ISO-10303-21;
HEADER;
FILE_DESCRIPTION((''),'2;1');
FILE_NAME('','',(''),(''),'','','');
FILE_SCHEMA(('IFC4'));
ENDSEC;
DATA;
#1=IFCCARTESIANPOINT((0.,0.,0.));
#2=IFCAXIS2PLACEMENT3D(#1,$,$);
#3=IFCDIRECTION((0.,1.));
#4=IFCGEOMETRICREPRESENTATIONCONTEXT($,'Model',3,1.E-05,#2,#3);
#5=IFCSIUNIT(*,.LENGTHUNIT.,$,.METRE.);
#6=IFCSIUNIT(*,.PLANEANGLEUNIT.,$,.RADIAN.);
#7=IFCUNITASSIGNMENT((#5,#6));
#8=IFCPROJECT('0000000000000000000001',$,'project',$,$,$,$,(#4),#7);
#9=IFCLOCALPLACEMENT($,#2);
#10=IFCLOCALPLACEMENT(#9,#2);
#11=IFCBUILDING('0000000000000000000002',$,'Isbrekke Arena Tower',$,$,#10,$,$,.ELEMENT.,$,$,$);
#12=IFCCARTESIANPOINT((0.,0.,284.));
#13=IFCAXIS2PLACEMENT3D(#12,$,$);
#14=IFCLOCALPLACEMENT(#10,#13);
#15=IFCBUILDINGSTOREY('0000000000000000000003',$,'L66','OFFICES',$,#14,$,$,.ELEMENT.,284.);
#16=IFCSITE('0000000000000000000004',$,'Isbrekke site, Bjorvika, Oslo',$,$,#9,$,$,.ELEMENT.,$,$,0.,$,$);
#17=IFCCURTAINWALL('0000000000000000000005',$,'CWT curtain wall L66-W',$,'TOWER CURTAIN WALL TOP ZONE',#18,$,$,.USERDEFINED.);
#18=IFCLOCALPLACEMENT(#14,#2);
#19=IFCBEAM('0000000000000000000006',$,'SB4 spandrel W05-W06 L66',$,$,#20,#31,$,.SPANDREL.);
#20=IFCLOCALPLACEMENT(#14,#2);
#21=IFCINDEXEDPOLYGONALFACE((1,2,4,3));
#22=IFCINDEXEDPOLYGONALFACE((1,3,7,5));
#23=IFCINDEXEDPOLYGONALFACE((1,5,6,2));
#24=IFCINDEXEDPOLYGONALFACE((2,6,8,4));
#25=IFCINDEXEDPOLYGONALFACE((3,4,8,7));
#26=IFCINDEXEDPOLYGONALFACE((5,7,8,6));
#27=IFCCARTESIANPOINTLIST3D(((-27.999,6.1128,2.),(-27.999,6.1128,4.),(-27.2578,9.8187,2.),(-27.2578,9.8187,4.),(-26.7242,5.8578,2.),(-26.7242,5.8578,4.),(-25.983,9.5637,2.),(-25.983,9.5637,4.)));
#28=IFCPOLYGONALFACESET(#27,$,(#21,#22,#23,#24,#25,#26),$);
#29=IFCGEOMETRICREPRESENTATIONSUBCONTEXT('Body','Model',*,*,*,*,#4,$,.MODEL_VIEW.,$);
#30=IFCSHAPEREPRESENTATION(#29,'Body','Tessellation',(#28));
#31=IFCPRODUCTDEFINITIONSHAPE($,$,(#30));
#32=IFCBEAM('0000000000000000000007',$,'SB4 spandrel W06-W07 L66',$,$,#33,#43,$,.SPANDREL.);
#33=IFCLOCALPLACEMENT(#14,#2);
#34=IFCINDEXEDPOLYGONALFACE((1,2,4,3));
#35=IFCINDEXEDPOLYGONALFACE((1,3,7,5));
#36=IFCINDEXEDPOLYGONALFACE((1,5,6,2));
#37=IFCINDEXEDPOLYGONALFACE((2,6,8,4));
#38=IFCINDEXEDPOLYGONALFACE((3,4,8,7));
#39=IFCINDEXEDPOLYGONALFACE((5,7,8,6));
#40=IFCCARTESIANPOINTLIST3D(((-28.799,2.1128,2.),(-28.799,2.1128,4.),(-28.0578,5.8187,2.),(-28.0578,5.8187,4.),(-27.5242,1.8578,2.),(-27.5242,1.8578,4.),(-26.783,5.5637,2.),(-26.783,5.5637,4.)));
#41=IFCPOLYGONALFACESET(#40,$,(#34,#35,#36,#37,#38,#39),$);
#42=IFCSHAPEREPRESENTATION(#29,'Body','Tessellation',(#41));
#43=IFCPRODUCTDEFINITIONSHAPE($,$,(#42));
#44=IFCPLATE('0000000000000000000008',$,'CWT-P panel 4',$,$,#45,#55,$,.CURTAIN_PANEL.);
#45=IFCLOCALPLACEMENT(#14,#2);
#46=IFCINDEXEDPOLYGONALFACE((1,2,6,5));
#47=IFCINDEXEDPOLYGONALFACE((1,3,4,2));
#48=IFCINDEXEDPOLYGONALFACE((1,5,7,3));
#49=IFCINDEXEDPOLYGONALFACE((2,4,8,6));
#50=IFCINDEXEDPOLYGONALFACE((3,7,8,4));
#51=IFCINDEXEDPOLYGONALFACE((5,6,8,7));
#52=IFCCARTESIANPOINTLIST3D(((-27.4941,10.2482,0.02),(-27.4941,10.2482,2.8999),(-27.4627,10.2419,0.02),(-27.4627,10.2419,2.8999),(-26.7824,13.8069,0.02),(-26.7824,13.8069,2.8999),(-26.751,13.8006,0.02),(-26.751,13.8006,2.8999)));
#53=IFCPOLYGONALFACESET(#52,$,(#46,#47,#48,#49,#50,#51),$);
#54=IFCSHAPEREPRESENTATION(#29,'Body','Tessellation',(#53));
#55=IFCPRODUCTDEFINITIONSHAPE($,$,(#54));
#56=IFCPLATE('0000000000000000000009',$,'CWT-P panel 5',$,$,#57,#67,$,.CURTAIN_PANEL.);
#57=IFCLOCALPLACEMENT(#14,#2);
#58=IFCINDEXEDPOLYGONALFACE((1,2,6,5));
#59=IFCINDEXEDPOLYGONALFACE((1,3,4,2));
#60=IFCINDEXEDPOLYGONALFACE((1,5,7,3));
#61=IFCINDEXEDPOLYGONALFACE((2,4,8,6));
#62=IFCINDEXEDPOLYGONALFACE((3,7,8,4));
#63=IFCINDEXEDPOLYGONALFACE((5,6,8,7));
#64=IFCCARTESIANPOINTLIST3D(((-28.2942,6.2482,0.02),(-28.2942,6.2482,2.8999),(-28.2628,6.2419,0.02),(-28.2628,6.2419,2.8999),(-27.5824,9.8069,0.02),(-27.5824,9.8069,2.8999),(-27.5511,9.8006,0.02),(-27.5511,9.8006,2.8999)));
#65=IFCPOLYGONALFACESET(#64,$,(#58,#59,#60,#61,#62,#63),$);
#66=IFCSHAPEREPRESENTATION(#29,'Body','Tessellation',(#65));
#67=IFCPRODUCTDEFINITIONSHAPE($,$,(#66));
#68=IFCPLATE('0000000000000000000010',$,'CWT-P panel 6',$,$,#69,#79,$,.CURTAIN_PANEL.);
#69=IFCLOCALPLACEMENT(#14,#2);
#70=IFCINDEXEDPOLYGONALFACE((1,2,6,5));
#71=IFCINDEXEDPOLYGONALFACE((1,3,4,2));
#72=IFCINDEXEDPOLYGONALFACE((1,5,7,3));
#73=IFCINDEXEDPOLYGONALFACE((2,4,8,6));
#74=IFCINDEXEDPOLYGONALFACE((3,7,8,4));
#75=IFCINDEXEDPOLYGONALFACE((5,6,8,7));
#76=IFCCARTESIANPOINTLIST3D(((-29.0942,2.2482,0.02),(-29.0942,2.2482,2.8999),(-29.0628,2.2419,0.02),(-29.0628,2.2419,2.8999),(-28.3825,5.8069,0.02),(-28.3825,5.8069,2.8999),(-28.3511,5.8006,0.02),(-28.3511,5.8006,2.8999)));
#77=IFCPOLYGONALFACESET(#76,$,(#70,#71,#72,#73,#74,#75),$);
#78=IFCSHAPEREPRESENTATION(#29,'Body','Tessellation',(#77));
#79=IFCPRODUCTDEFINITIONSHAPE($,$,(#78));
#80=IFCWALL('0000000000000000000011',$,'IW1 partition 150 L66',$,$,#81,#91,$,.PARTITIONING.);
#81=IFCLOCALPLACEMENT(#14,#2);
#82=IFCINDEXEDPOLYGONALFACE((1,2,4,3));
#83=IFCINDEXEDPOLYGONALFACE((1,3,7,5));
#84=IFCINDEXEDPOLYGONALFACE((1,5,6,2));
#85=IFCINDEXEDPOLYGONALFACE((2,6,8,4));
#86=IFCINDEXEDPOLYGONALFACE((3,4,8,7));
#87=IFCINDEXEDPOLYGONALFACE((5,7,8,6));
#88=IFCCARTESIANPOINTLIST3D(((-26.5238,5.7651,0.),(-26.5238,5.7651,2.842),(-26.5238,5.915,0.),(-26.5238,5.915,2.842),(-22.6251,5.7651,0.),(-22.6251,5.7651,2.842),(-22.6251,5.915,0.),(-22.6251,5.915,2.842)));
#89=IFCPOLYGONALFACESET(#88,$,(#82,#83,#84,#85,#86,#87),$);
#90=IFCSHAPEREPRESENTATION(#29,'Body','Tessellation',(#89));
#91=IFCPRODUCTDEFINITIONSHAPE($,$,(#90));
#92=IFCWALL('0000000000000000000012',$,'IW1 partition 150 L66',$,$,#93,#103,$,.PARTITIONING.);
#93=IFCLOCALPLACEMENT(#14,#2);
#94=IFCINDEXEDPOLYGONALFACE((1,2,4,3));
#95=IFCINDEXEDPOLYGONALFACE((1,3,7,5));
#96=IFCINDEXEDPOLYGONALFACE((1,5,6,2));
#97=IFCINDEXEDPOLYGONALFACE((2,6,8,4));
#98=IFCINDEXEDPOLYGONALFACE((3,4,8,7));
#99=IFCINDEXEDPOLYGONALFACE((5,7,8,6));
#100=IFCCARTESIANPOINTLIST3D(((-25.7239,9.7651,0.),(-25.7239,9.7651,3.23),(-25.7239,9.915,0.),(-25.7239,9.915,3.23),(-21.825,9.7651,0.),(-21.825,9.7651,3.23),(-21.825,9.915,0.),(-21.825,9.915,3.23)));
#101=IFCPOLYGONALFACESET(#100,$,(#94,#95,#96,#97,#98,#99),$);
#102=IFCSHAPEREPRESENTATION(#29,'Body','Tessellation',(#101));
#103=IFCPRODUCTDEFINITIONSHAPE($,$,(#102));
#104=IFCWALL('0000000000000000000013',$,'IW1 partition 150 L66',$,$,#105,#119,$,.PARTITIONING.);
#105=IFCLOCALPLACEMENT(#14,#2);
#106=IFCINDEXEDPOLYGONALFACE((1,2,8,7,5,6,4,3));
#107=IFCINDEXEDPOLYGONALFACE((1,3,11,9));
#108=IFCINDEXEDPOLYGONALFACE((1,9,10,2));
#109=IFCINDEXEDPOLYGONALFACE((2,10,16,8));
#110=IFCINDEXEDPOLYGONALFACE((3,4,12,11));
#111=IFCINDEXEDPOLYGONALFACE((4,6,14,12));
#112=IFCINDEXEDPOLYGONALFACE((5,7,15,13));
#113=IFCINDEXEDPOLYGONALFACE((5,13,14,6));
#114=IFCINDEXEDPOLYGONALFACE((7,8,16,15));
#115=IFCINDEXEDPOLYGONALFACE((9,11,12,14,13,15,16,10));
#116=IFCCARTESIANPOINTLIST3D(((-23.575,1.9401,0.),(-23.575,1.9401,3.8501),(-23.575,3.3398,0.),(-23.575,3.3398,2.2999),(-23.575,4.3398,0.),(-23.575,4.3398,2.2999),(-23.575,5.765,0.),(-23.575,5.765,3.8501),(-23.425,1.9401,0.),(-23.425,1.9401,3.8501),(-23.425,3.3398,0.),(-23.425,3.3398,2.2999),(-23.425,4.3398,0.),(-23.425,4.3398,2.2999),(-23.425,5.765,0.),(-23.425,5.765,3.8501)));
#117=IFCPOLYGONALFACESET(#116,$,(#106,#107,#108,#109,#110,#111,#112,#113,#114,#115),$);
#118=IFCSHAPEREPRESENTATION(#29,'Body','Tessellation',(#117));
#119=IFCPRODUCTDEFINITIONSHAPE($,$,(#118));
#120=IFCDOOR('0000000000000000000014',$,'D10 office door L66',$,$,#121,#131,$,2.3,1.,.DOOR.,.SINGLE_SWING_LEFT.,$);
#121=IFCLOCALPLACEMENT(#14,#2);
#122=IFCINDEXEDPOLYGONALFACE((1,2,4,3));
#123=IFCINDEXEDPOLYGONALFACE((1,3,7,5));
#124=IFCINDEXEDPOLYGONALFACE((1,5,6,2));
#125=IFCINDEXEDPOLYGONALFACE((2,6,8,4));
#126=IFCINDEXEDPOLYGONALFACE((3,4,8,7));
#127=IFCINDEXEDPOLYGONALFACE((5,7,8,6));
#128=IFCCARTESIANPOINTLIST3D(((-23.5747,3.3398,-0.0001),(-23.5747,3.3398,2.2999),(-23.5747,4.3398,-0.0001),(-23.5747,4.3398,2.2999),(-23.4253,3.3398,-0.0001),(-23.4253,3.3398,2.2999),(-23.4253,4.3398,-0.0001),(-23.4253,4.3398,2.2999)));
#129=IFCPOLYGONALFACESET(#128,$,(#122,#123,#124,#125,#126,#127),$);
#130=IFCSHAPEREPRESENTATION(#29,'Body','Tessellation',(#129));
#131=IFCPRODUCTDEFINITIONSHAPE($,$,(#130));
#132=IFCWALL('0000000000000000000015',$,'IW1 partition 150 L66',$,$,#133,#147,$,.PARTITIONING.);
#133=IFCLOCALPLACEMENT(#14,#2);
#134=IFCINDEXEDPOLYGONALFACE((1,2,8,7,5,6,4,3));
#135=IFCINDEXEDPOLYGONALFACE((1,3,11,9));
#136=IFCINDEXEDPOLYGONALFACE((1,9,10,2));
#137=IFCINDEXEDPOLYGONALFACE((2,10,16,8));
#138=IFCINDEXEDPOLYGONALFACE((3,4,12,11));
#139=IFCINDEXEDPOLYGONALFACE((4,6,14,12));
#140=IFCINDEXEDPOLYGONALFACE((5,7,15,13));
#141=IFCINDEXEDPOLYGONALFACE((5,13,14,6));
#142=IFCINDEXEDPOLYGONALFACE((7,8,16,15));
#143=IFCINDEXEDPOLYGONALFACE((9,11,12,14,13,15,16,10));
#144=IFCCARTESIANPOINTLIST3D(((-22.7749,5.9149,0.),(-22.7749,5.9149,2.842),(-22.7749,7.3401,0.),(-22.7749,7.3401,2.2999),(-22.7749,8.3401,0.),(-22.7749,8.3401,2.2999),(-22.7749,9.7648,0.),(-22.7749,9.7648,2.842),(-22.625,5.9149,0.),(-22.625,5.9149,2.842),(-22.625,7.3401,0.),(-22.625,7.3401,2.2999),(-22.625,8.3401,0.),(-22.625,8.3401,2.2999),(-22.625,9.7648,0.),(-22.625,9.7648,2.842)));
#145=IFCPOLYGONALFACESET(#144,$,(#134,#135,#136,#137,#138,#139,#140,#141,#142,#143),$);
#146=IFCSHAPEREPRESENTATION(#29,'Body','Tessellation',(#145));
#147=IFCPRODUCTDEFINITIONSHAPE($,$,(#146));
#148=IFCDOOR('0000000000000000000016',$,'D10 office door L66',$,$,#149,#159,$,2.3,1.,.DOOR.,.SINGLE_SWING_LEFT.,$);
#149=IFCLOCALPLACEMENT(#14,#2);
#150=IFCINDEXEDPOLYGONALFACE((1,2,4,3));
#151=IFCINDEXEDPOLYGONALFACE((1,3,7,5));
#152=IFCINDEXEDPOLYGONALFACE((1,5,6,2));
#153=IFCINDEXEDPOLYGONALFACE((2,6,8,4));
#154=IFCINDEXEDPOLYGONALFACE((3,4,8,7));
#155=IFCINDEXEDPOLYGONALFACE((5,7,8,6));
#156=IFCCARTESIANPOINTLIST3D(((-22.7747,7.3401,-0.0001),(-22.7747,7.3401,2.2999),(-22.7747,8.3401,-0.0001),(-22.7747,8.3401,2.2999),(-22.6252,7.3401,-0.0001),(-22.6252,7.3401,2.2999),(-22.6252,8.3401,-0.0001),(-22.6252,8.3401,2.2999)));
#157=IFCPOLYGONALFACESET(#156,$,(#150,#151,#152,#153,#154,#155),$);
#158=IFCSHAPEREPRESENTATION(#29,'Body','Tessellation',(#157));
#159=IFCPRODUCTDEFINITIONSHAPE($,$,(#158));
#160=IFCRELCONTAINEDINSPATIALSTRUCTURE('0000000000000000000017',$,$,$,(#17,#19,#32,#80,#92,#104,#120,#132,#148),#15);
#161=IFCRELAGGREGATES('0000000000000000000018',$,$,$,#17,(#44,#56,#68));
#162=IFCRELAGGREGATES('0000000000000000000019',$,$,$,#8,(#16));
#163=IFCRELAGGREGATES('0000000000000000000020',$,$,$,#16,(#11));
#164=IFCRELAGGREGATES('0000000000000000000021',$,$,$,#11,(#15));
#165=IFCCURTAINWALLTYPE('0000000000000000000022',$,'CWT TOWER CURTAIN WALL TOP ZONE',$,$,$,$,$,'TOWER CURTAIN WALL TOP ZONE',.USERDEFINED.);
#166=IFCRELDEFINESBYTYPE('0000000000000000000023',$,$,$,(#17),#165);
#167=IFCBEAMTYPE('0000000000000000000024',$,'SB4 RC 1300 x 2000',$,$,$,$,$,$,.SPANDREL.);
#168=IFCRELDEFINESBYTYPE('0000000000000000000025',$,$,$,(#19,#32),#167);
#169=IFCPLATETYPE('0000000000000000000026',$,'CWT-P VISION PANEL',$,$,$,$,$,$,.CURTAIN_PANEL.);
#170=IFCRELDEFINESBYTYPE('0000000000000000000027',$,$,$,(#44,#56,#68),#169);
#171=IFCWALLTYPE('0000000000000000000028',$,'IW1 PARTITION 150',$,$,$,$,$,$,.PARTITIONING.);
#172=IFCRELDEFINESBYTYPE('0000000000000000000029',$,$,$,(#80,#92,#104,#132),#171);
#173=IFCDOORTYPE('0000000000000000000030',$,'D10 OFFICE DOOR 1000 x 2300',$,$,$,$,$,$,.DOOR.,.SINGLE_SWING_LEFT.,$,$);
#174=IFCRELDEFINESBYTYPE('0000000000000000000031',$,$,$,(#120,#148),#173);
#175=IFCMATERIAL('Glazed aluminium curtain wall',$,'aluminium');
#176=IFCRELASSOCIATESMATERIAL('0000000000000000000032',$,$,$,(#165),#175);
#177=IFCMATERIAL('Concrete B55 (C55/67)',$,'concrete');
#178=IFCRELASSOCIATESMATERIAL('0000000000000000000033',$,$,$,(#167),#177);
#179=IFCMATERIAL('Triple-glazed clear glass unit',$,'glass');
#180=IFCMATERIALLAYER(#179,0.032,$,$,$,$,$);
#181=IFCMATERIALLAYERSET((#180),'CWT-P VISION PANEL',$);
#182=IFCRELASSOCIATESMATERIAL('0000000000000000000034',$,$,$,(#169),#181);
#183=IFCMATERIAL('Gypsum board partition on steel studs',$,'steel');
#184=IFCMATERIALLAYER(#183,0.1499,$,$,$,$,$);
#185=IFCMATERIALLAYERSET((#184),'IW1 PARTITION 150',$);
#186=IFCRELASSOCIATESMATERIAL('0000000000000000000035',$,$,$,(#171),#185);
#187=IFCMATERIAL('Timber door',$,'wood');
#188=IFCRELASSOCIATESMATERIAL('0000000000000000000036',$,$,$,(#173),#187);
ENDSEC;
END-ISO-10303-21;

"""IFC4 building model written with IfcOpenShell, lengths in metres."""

from ifc_helpers import new_model, si_unit, direction, frame, frame_2d, origin, origin_2d, place, context, subcontext, project, spatial, rectangle, extrude, material, layer, layer_set, material_profile, profile_set, type_object, element, fill, aggregate, save


model = new_model("IFC4")

# Units and contexts
model_context = context("Model", 3, precision=1e-05, world=origin(), true_north=direction((0.0, 1.0)))
body_context = subcontext(model_context, "Body", "Model", "MODEL_VIEW")
ifc_project = project(units=[si_unit("LENGTHUNIT", "METRE"), si_unit("PLANEANGLEUNIT", "RADIAN")], contexts=[model_context])

# Site, building, storey
site_placement = place(None, origin())
site = spatial("IfcSite", under=ifc_project, at=site_placement, Name="Isbrekke site, Bjorvika, Oslo", CompositionType="ELEMENT", RefElevation=0.0)
building_placement = place(site_placement, origin())
building = spatial("IfcBuilding", under=site, at=building_placement, Name="Isbrekke Arena Tower", CompositionType="ELEMENT")
storey_placement = place(building_placement, frame((0.0, 0.0, 284.0)))
storey = spatial("IfcBuildingStorey", under=building, at=storey_placement, Name="L66", Description="OFFICES", CompositionType="ELEMENT", Elevation=284.0)

# Curtain wall
ifc_material_1 = material(Name="Glazed aluminium curtain wall", Category="aluminium")
curtain_wall_type = type_object("IfcCurtainWallType", Name="CWT TOWER CURTAIN WALL TOP ZONE", ElementType="TOWER CURTAIN WALL TOP ZONE", PredefinedType="USERDEFINED", material=ifc_material_1)
curtain_wall_placement = place(storey_placement, origin())
curtain_wall = element("IfcCurtainWall", 1, at=curtain_wall_placement, inside=storey, type_object=curtain_wall_type, Name="CWT curtain wall L66-W", ObjectType="TOWER CURTAIN WALL TOP ZONE", PredefinedType="USERDEFINED")

# Beams
ifc_material_2 = material(Name="Concrete B55 (C55/67)", Category="concrete")
ifc_material_profile_1 = material_profile(ifc_material_2, rectangle(XDim=1.3, YDim=2.0, at=origin_2d()), Name="RC 1300x2000")
ifc_profile_set_1 = profile_set([ifc_material_profile_1], Name="Concrete B55 (C55/67)")
beam_type_1 = type_object("IfcBeamType", Name="SB4 RC 1300 x 2000", PredefinedType="SPANDREL", material=ifc_profile_set_1)
for number, where, z_axis, x_axis, name in (
    (2, (-26.6204, 9.6912, 3.0), (-0.196129, -0.980578, 0.0), (0.980578, -0.196129, 0.0), "SB4 spandrel W05-W06 L66"),
    (3, (-27.4204, 5.6912, 3.0), (-0.196129, -0.980578, 0.0), (0.980578, -0.196129, 0.0), "SB4 spandrel W06-W07 L66"),
):
    element("IfcBeam", number, at=place(storey_placement, frame(where, z_axis=z_axis, x_axis=x_axis)), inside=storey, type_object=beam_type_1, Name=name, PredefinedType="SPANDREL", context=body_context, shape_type="SweptSolid", body=[
        extrude(rectangle(XDim=1.3, YDim=2.0, at=origin_2d()), origin(), (0.0, 0.0, 1.0), 3.7793),
    ])

# Plates
ifc_material_3 = material(Name="Triple-glazed clear glass unit", Category="glass")
ifc_layer_1 = layer(ifc_material_3, 0.032)
ifc_layer_set_1 = layer_set([ifc_layer_1], Name="CWT-P VISION PANEL")
plate_type = type_object("IfcPlateType", Name="CWT-P VISION PANEL", PredefinedType="CURTAIN_PANEL", material=ifc_layer_set_1)
plate_1_placement = place(storey_placement, frame((-27.1226, 12.0244, 0.02), z_axis=(0.0, 0.0, 1.0), x_axis=(-0.196116, -0.980581, 0.0)))
plate_1 = element("IfcPlate", 4, at=plate_1_placement, type_object=plate_type, Name="CWT-P panel 4", PredefinedType="CURTAIN_PANEL", context=body_context, shape_type="SweptSolid", body=[
    extrude(rectangle(XDim=3.6292, YDim=0.032, at=origin_2d()), origin(), (0.0, 0.0, 1.0), 2.8799),
])
plate_2_placement = place(storey_placement, frame((-27.9226, 8.0244, 0.02), z_axis=(0.0, 0.0, 1.0), x_axis=(-0.196116, -0.980581, 0.0)))
plate_2 = element("IfcPlate", 5, at=plate_2_placement, type_object=plate_type, Name="CWT-P panel 5", PredefinedType="CURTAIN_PANEL", context=body_context, shape_type="SweptSolid", body=[
    extrude(rectangle(XDim=3.6292, YDim=0.032, at=origin_2d()), origin(), (0.0, 0.0, 1.0), 2.8799),
])
plate_3_placement = place(storey_placement, frame((-28.7227, 4.0244, 0.02), z_axis=(0.0, 0.0, 1.0), x_axis=(-0.196116, -0.980581, 0.0)))
plate_3 = element("IfcPlate", 6, at=plate_3_placement, type_object=plate_type, Name="CWT-P panel 6", PredefinedType="CURTAIN_PANEL", context=body_context, shape_type="SweptSolid", body=[
    extrude(rectangle(XDim=3.6292, YDim=0.032, at=origin_2d()), origin(), (0.0, 0.0, 1.0), 2.8799),
])
aggregate(curtain_wall, [plate_1, plate_2, plate_3])

# Walls
ifc_material_4 = material(Name="Gypsum board partition on steel studs", Category="steel")
ifc_layer_2 = layer(ifc_material_4, 0.1499)
ifc_layer_set_2 = layer_set([ifc_layer_2], Name="IW1 PARTITION 150")
wall_type = type_object("IfcWallType", Name="IW1 PARTITION 150", PredefinedType="PARTITIONING", material=ifc_layer_set_2)
wall_1_placement = place(storey_placement, frame((-26.5237, 5.8401, 0.0), z_axis=(0.0, 0.0, 1.0), x_axis=(1.0, 0.0, 0.0)))
element("IfcWall", 7, at=wall_1_placement, inside=storey, type_object=wall_type, Name="IW1 partition 150 L66", PredefinedType="PARTITIONING", context=body_context, shape_type="SweptSolid", body=[
    extrude(rectangle(XDim=3.8987, YDim=0.1499, at=frame_2d((1.9492, 0.0))), origin(), (0.0, 0.0, 1.0), 2.842),
])
wall_2_placement = place(storey_placement, frame((-25.7239, 9.8401, 0.0), z_axis=(0.0, 0.0, 1.0), x_axis=(1.0, 0.0, 0.0)))
element("IfcWall", 8, at=wall_2_placement, inside=storey, type_object=wall_type, Name="IW1 partition 150 L66", PredefinedType="PARTITIONING", context=body_context, shape_type="SweptSolid", body=[
    extrude(rectangle(XDim=3.8989, YDim=0.1499, at=frame_2d((1.9495, 0.0))), origin(), (0.0, 0.0, 1.0), 3.23),
])

# Walls, openings, doors
wall_3_placement = place(storey_placement, frame((-23.5, 1.9399, 0.0), z_axis=(0.0, 0.0, 1.0), x_axis=(0.0, 1.0, 0.0)))
wall_3 = element("IfcWall", 9, at=wall_3_placement, inside=storey, type_object=wall_type, Name="IW1 partition 150 L66", PredefinedType="PARTITIONING", context=body_context, shape_type="SweptSolid", body=[
    extrude(rectangle(XDim=3.825, YDim=0.1499, at=frame_2d((1.9126, 0.0))), origin(), (0.0, 0.0, 1.0), 3.8501),
])
opening_1_placement = place(wall_3_placement, frame((1.3999, 0.0, 0.0)))
opening_1 = element("IfcOpeningElement", 10, at=opening_1_placement, cuts=wall_3, PredefinedType="OPENING", context=body_context, shape_type="SweptSolid", body=[
    extrude(rectangle(XDim=1.0, YDim=2.3, at=frame_2d((0.5, 1.1499))), frame((0.0, 0.0898, 0.0), z_axis=(0.0, -1.0, 0.0), x_axis=(1.0, 0.0, 0.0)), (0.0, 0.0, 1.0), 0.1797),
])
ifc_material_5 = material(Name="Timber door", Category="wood")
door_type = type_object("IfcDoorType", Name="D10 OFFICE DOOR 1000 x 2300", OperationType="SINGLE_SWING_LEFT", PredefinedType="DOOR", material=ifc_material_5)
door_1_placement = place(opening_1_placement, origin())
door_1 = element("IfcDoor", 11, at=door_1_placement, inside=storey, type_object=door_type, Name="D10 office door L66", OperationType="SINGLE_SWING_LEFT", OverallHeight=2.3, OverallWidth=1.0, PredefinedType="DOOR", context=body_context, shape_type="SweptSolid", body=[
    extrude(rectangle(XDim=1.0, YDim=2.3, at=frame_2d((0.5, 1.1499))), frame((0.0, 0.0747, 0.0), z_axis=(0.0, -1.0, 0.0), x_axis=(1.0, 0.0, 0.0)), (0.0, 0.0, 1.0), 0.1494),
])
fill(opening_1, door_1)
wall_4_placement = place(storey_placement, frame((-22.7, 5.915, 0.0), z_axis=(0.0, 0.0, 1.0), x_axis=(0.0, 1.0, 0.0)))
wall_4 = element("IfcWall", 12, at=wall_4_placement, inside=storey, type_object=wall_type, Name="IW1 partition 150 L66", PredefinedType="PARTITIONING", context=body_context, shape_type="SweptSolid", body=[
    extrude(rectangle(XDim=3.8499, YDim=0.1499, at=frame_2d((1.9248, 0.0))), origin(), (0.0, 0.0, 1.0), 2.842),
])
opening_2_placement = place(wall_4_placement, frame((1.425, 0.0, 0.0)))
opening_2 = element("IfcOpeningElement", 13, at=opening_2_placement, cuts=wall_4, PredefinedType="OPENING", context=body_context, shape_type="SweptSolid", body=[
    extrude(rectangle(XDim=1.0, YDim=2.3, at=frame_2d((0.5, 1.1499))), frame((0.0, 0.0898, 0.0), z_axis=(0.0, -1.0, 0.0), x_axis=(1.0, 0.0, 0.0)), (0.0, 0.0, 1.0), 0.1797),
])
door_2_placement = place(opening_2_placement, origin())
door_2 = element("IfcDoor", 14, at=door_2_placement, inside=storey, type_object=door_type, Name="D10 office door L66", OperationType="SINGLE_SWING_LEFT", OverallHeight=2.3, OverallWidth=1.0, PredefinedType="DOOR", context=body_context, shape_type="SweptSolid", body=[
    extrude(rectangle(XDim=1.0, YDim=2.3, at=frame_2d((0.5, 1.1499))), frame((0.0, 0.0747, 0.0), z_axis=(0.0, -1.0, 0.0), x_axis=(1.0, 0.0, 0.0)), (0.0, 0.0, 1.0), 0.1494),
])
fill(opening_2, door_2)

save(model, "model.ifc")
